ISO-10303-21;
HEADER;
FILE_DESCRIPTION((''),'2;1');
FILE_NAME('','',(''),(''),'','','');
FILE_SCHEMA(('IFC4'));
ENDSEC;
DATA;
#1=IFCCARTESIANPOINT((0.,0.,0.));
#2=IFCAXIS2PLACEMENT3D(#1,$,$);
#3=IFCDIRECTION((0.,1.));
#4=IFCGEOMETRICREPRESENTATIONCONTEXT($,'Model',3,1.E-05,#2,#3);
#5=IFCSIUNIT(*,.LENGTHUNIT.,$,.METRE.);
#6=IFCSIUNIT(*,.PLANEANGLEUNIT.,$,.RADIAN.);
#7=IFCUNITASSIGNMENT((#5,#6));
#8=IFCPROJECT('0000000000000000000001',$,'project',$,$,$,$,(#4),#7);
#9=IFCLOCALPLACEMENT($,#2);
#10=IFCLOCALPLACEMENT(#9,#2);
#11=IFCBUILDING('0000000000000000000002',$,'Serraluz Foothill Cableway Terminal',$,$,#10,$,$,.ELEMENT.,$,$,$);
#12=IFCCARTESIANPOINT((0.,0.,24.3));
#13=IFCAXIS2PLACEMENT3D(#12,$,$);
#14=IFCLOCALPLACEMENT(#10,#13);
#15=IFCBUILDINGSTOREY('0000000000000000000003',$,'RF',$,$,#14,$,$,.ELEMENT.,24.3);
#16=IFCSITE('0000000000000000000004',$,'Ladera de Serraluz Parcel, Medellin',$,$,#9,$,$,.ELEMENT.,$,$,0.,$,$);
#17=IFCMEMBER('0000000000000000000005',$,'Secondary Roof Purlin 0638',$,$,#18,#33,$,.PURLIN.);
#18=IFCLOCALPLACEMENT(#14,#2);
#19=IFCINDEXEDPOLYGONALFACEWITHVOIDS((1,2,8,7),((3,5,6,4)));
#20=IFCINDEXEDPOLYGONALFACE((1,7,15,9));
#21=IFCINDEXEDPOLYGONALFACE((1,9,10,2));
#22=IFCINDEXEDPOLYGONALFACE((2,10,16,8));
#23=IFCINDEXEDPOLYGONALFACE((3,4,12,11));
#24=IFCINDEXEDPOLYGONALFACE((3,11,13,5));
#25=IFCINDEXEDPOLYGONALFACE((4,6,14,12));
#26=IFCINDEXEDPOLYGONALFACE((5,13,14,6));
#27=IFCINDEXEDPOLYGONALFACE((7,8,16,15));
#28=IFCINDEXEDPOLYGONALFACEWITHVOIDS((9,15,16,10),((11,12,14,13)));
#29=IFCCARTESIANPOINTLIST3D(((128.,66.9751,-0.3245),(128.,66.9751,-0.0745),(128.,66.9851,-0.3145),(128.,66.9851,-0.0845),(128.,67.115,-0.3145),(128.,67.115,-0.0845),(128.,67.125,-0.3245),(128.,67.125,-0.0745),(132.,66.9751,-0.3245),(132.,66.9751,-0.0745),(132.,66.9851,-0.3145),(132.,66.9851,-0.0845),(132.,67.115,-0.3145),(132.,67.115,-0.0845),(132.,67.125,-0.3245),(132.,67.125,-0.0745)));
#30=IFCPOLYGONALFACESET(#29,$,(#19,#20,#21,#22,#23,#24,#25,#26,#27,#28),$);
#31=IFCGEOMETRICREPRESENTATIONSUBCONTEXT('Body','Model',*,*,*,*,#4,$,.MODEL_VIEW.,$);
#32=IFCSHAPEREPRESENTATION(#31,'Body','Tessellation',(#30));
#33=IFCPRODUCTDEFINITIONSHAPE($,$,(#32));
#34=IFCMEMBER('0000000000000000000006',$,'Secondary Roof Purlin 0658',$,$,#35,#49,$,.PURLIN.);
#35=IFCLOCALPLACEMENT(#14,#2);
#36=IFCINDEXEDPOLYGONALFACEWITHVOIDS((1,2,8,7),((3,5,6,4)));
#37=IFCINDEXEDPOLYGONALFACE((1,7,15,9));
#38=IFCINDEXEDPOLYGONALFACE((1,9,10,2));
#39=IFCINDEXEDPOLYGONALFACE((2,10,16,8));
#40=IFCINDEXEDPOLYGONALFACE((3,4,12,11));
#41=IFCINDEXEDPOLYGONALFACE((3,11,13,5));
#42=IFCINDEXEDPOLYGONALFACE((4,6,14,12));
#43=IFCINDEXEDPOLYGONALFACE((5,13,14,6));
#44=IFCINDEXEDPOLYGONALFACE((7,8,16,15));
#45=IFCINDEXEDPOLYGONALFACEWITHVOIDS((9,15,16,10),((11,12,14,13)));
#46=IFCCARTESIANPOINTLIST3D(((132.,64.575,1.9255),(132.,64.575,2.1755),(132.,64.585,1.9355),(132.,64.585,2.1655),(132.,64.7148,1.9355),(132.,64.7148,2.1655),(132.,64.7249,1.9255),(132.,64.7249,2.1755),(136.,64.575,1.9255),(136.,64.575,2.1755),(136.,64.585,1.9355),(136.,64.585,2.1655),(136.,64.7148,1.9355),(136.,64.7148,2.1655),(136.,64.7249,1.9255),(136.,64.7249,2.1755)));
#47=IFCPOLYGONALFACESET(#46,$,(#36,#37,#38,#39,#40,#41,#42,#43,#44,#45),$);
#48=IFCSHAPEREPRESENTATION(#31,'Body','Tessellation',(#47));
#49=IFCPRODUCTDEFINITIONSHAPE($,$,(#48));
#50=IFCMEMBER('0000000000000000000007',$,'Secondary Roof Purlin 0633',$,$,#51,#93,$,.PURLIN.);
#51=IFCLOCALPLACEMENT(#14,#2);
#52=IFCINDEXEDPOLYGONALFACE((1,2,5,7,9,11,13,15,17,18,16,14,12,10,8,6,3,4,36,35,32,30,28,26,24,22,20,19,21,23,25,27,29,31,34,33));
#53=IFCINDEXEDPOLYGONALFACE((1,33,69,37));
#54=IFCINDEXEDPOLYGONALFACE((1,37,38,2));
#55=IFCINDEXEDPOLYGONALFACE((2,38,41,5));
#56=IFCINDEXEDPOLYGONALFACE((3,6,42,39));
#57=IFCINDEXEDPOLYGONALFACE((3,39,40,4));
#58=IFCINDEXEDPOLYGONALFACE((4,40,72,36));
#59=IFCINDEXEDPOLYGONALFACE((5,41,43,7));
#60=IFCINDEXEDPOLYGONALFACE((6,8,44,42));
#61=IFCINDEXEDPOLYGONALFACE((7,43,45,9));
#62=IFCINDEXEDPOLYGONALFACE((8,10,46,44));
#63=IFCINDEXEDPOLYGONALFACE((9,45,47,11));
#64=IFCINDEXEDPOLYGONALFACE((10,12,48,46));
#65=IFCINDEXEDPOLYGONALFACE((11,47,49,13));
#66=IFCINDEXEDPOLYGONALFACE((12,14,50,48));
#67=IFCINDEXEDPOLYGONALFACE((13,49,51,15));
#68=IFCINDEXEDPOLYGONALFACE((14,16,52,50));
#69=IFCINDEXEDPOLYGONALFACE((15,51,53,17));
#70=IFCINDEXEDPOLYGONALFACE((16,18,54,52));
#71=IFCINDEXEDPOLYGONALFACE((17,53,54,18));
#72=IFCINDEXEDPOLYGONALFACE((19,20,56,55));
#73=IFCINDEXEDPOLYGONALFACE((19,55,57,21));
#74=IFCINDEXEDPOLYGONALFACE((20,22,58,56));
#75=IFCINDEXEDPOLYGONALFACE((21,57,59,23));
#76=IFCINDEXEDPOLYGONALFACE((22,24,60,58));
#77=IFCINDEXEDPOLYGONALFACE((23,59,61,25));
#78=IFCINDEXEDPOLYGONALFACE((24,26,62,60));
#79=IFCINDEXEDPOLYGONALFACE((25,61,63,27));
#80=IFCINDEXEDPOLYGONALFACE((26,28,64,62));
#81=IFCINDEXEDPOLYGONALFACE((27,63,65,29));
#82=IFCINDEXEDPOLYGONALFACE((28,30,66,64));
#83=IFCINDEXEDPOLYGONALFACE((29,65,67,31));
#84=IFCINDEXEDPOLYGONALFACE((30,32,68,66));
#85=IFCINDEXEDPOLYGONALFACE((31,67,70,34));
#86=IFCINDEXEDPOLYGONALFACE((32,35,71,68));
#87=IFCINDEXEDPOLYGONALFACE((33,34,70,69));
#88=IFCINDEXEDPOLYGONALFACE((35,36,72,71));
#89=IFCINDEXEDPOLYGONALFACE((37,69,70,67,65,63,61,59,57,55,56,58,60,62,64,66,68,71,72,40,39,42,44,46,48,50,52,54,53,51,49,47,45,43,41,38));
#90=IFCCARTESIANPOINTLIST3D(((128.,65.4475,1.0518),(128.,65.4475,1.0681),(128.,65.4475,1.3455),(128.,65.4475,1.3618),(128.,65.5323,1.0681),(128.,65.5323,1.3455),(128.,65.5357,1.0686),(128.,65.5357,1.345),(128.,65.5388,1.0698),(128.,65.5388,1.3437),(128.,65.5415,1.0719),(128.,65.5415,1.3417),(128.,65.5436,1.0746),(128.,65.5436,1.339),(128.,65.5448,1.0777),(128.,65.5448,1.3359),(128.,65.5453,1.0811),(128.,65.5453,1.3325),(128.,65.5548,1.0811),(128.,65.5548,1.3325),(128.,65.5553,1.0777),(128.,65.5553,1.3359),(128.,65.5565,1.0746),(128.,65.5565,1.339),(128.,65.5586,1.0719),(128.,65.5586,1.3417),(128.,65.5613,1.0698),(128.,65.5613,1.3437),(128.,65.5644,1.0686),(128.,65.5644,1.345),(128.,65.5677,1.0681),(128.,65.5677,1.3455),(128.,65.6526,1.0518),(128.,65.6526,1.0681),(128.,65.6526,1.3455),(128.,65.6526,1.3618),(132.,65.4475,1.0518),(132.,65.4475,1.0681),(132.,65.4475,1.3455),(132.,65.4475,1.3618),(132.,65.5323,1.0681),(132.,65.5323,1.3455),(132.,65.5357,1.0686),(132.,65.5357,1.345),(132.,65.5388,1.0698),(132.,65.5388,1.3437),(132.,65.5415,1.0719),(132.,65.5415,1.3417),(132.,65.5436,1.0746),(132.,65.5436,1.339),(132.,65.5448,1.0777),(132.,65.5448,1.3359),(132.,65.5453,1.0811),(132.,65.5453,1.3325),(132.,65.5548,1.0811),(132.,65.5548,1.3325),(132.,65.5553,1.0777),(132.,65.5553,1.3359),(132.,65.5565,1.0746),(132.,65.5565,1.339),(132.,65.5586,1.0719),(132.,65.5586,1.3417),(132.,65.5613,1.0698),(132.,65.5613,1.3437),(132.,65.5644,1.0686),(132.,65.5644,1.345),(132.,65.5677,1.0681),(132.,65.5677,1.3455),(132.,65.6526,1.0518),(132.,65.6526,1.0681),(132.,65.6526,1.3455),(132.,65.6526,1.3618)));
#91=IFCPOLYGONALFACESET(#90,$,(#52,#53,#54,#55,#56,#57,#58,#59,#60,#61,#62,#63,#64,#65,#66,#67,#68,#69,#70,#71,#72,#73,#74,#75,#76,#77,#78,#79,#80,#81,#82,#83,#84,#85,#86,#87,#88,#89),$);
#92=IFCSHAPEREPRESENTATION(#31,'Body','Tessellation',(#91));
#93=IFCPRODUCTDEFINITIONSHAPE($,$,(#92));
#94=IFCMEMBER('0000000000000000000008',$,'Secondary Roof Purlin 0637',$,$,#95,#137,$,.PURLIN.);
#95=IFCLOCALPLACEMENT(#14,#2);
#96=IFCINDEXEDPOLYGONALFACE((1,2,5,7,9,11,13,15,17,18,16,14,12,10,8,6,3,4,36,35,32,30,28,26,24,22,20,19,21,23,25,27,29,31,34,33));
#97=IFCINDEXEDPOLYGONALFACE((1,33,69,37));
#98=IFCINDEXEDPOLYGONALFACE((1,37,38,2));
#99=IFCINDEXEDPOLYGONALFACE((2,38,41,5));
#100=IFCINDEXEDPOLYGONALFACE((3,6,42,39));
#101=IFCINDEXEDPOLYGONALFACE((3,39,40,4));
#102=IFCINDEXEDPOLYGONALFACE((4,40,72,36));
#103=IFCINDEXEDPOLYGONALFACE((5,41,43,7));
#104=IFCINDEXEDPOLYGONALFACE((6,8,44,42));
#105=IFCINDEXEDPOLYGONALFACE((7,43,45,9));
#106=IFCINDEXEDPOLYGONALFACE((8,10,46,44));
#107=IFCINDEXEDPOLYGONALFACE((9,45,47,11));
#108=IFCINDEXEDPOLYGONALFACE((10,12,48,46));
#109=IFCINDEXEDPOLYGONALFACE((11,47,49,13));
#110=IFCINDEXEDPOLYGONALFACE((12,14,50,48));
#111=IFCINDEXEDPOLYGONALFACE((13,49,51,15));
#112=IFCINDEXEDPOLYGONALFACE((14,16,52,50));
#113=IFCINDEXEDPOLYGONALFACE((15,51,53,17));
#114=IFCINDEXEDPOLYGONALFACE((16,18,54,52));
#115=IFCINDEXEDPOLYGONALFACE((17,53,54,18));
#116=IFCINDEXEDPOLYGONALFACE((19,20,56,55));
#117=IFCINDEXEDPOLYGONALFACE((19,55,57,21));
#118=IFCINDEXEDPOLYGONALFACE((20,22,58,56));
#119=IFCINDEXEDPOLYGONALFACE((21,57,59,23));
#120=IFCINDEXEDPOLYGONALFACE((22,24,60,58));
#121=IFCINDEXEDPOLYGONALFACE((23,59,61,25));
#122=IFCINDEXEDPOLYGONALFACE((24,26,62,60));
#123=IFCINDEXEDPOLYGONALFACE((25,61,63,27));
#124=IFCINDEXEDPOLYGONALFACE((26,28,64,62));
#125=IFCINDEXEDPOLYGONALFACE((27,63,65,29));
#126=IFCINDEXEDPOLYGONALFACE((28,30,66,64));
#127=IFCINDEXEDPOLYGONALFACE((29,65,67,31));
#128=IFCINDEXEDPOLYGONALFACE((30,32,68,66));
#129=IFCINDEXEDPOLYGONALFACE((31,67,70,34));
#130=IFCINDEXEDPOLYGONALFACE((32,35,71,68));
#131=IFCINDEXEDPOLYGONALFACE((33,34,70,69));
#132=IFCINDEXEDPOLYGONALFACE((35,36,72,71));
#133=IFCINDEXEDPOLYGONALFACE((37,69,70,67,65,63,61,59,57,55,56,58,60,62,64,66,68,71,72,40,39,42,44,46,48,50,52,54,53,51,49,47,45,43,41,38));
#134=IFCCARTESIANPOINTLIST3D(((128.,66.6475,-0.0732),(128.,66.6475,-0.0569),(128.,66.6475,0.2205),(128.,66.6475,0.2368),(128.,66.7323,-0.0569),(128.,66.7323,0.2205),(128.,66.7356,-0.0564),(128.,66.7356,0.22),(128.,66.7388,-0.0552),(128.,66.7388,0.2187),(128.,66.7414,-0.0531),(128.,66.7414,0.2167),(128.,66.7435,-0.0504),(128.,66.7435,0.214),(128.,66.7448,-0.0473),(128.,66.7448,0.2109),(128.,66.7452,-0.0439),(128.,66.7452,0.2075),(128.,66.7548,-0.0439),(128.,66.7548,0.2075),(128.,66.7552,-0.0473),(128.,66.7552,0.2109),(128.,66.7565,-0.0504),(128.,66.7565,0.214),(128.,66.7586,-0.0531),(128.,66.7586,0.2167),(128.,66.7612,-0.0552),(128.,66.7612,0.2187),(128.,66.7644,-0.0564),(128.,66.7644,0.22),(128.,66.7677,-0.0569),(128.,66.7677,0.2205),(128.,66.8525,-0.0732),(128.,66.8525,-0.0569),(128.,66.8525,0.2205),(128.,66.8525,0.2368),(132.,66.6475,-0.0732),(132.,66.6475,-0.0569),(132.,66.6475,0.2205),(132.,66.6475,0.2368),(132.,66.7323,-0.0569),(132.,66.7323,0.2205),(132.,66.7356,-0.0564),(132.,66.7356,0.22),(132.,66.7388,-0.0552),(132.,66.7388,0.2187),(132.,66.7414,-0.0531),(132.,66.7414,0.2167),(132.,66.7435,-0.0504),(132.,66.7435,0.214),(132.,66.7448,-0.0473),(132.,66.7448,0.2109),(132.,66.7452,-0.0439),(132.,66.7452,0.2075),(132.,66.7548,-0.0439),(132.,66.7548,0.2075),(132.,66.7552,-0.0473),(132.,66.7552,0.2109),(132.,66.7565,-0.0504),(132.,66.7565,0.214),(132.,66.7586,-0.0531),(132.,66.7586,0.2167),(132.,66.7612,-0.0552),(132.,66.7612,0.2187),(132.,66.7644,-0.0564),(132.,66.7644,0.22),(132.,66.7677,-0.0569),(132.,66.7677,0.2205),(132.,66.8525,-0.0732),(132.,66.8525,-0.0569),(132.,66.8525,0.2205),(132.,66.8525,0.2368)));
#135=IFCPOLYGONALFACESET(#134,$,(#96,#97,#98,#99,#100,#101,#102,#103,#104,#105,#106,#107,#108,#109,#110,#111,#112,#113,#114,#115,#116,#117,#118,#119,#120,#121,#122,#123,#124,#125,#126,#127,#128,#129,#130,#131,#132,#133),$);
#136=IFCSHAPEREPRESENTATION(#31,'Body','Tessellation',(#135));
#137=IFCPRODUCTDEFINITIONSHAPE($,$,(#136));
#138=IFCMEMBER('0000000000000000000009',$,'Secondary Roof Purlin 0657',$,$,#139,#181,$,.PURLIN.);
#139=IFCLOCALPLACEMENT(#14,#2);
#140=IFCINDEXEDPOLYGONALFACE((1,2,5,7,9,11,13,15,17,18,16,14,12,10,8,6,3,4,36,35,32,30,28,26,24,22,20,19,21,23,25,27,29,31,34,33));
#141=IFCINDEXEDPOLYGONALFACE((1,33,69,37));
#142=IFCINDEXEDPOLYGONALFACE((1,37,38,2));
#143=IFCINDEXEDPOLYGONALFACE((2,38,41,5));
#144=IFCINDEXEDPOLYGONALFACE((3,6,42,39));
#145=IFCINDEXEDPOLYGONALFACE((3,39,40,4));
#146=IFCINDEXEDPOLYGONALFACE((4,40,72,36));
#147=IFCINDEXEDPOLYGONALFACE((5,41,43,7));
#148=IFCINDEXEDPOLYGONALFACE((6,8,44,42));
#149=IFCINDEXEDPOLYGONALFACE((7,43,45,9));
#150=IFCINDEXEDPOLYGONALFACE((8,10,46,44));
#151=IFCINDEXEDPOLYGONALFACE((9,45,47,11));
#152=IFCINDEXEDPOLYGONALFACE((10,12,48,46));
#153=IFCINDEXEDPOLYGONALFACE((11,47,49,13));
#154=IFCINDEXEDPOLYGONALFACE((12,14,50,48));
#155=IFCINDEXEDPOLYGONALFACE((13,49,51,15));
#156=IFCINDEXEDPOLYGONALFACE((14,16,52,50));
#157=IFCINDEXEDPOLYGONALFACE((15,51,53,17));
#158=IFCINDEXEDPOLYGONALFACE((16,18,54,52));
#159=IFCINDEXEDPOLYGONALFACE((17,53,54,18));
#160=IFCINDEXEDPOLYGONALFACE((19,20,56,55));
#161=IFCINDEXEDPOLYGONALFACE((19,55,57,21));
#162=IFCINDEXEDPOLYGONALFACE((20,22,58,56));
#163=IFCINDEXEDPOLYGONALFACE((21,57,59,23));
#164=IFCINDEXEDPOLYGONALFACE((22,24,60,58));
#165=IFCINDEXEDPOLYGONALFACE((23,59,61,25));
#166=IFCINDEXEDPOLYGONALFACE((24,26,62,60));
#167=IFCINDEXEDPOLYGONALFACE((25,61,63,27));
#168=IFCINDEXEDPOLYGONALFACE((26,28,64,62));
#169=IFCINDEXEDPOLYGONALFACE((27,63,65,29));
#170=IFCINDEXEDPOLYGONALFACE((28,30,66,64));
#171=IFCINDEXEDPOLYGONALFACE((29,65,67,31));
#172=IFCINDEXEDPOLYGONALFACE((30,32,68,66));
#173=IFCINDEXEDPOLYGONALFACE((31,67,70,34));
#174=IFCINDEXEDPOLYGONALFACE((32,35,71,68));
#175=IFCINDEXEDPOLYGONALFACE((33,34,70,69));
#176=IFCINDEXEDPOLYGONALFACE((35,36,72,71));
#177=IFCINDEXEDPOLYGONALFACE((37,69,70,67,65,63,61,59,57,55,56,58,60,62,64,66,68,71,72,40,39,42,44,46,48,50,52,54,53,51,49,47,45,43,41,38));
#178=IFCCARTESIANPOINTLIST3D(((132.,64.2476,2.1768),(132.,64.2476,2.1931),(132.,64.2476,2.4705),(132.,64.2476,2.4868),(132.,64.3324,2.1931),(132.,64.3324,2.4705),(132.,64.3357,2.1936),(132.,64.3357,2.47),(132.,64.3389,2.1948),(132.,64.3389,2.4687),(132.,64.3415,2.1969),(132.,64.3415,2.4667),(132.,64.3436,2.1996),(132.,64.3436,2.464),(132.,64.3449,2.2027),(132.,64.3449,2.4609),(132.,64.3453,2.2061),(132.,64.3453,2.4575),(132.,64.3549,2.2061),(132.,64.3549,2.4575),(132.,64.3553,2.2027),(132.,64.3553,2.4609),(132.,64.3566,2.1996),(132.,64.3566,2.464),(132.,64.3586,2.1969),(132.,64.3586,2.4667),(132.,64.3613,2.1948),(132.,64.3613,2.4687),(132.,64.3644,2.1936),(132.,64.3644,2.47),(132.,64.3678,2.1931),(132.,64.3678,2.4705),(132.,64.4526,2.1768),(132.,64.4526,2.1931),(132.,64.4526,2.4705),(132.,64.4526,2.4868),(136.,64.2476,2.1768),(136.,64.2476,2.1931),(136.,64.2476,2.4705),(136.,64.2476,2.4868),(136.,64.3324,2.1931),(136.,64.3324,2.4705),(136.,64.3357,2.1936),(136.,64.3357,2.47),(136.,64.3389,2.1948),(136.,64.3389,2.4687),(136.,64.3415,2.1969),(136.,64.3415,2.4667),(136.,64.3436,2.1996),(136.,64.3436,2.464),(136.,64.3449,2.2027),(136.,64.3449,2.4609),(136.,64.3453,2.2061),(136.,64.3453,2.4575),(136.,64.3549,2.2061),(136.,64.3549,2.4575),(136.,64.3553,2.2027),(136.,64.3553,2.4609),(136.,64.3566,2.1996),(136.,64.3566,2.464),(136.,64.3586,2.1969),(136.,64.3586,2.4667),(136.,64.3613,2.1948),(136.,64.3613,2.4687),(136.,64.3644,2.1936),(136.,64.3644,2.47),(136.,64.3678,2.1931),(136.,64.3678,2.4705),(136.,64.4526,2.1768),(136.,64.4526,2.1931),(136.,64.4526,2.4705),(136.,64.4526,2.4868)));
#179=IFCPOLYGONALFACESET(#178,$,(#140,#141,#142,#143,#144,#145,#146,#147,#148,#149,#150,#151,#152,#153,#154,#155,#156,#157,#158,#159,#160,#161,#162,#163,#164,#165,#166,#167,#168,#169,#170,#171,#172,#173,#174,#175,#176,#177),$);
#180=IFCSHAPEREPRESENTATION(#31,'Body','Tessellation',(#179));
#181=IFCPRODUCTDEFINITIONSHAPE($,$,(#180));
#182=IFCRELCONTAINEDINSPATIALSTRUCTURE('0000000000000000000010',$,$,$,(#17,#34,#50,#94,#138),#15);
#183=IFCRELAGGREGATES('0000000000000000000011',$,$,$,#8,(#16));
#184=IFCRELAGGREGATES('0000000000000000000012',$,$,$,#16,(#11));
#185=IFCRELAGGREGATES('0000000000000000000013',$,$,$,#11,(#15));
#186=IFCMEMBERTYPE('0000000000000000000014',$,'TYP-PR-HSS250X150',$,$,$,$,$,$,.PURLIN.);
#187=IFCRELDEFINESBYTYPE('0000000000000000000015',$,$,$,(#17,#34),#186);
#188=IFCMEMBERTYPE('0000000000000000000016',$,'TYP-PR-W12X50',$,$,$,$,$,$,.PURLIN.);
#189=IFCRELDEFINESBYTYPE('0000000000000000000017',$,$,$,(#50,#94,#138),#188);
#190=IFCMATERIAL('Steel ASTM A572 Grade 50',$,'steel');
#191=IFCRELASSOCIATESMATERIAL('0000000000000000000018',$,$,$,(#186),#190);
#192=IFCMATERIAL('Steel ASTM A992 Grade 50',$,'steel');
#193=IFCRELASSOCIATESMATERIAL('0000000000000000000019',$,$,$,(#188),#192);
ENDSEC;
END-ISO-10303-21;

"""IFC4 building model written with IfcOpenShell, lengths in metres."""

from ifc_helpers import new_model, si_unit, direction, frame, origin, origin_2d, place, context, subcontext, project, spatial, hollow_rectangle, i_section, extrude, material, material_profile, profile_set, type_object, element, save


model = new_model("IFC4")

# Units and contexts
model_context = context("Model", 3, precision=1e-05, world=origin(), true_north=direction((0.0, 1.0)))
body_context = subcontext(model_context, "Body", "Model", "MODEL_VIEW")
ifc_project = project(units=[si_unit("LENGTHUNIT", "METRE"), si_unit("PLANEANGLEUNIT", "RADIAN")], contexts=[model_context])

# Site, building, storey
site_placement = place(None, origin())
site = spatial("IfcSite", under=ifc_project, at=site_placement, Name="Ladera de Serraluz Parcel, Medellin", CompositionType="ELEMENT", RefElevation=0.0)
building_placement = place(site_placement, origin())
building = spatial("IfcBuilding", under=site, at=building_placement, Name="Serraluz Foothill Cableway Terminal", CompositionType="ELEMENT")
storey_placement = place(building_placement, frame((0.0, 0.0, 24.3)))
storey = spatial("IfcBuildingStorey", under=building, at=storey_placement, Name="RF", CompositionType="ELEMENT", Elevation=24.3)

# Members
ifc_material_1 = material(Name="Steel ASTM A572 Grade 50", Category="steel")
ifc_material_profile_1 = material_profile(ifc_material_1, hollow_rectangle(XDim=0.1499, YDim=0.25, WallThickness=0.01, at=origin_2d()), Name="HSS250X150X10")
ifc_profile_set_1 = profile_set([ifc_material_profile_1], Name="Steel ASTM A572 Grade 50")
member_type_1 = type_object("IfcMemberType", Name="TYP-PR-HSS250X150", PredefinedType="PURLIN", material=ifc_profile_set_1)
for number, where, z_axis, x_axis, name in (
    (1, (128.0, 67.05, -0.1995), (1.0, 0.0, 0.0), (0.0, 1.0, 0.0), "Secondary Roof Purlin 0638"),
    (2, (132.0, 64.6499, 2.0505), (1.0, 0.0, 0.0), (0.0, 1.0, 0.0), "Secondary Roof Purlin 0658"),
):
    element("IfcMember", number, at=place(storey_placement, frame(where, z_axis=z_axis, x_axis=x_axis)), inside=storey, type_object=member_type_1, Name=name, PredefinedType="PURLIN", context=body_context, shape_type="SweptSolid", body=[
        extrude(hollow_rectangle(XDim=0.1499, YDim=0.25, WallThickness=0.01, at=origin_2d()), origin(), (0.0, 0.0, 1.0), 4.0),
    ])
ifc_material_2 = material(Name="Steel ASTM A992 Grade 50", Category="steel")
ifc_material_profile_2 = material_profile(ifc_material_2, i_section(OverallWidth=0.2051, OverallDepth=0.3101, WebThickness=0.0095, FlangeThickness=0.0164, FilletRadius=0.0129, at=origin_2d()), Name="W12X50")
ifc_profile_set_2 = profile_set([ifc_material_profile_2], Name="Steel ASTM A992 Grade 50")
member_type_2 = type_object("IfcMemberType", Name="TYP-PR-W12X50", PredefinedType="PURLIN", material=ifc_profile_set_2)
for number, where, z_axis, x_axis, name in (
    (3, (128.0, 65.55, 1.2068), (1.0, 0.0, 0.0), (0.0, 1.0, 0.0), "Secondary Roof Purlin 0633"),
    (4, (128.0, 66.75, 0.0818), (1.0, 0.0, 0.0), (0.0, 1.0, 0.0), "Secondary Roof Purlin 0637"),
    (5, (132.0, 64.3501, 2.3318), (1.0, 0.0, 0.0), (0.0, 1.0, 0.0), "Secondary Roof Purlin 0657"),
):
    element("IfcMember", number, at=place(storey_placement, frame(where, z_axis=z_axis, x_axis=x_axis)), inside=storey, type_object=member_type_2, Name=name, PredefinedType="PURLIN", context=body_context, shape_type="SweptSolid", body=[
        extrude(i_section(OverallWidth=0.2051, OverallDepth=0.3101, WebThickness=0.0095, FlangeThickness=0.0164, FilletRadius=0.0129, at=origin_2d()), origin(), (0.0, 0.0, 1.0), 4.0),
    ])

save(model, "model.ifc")
